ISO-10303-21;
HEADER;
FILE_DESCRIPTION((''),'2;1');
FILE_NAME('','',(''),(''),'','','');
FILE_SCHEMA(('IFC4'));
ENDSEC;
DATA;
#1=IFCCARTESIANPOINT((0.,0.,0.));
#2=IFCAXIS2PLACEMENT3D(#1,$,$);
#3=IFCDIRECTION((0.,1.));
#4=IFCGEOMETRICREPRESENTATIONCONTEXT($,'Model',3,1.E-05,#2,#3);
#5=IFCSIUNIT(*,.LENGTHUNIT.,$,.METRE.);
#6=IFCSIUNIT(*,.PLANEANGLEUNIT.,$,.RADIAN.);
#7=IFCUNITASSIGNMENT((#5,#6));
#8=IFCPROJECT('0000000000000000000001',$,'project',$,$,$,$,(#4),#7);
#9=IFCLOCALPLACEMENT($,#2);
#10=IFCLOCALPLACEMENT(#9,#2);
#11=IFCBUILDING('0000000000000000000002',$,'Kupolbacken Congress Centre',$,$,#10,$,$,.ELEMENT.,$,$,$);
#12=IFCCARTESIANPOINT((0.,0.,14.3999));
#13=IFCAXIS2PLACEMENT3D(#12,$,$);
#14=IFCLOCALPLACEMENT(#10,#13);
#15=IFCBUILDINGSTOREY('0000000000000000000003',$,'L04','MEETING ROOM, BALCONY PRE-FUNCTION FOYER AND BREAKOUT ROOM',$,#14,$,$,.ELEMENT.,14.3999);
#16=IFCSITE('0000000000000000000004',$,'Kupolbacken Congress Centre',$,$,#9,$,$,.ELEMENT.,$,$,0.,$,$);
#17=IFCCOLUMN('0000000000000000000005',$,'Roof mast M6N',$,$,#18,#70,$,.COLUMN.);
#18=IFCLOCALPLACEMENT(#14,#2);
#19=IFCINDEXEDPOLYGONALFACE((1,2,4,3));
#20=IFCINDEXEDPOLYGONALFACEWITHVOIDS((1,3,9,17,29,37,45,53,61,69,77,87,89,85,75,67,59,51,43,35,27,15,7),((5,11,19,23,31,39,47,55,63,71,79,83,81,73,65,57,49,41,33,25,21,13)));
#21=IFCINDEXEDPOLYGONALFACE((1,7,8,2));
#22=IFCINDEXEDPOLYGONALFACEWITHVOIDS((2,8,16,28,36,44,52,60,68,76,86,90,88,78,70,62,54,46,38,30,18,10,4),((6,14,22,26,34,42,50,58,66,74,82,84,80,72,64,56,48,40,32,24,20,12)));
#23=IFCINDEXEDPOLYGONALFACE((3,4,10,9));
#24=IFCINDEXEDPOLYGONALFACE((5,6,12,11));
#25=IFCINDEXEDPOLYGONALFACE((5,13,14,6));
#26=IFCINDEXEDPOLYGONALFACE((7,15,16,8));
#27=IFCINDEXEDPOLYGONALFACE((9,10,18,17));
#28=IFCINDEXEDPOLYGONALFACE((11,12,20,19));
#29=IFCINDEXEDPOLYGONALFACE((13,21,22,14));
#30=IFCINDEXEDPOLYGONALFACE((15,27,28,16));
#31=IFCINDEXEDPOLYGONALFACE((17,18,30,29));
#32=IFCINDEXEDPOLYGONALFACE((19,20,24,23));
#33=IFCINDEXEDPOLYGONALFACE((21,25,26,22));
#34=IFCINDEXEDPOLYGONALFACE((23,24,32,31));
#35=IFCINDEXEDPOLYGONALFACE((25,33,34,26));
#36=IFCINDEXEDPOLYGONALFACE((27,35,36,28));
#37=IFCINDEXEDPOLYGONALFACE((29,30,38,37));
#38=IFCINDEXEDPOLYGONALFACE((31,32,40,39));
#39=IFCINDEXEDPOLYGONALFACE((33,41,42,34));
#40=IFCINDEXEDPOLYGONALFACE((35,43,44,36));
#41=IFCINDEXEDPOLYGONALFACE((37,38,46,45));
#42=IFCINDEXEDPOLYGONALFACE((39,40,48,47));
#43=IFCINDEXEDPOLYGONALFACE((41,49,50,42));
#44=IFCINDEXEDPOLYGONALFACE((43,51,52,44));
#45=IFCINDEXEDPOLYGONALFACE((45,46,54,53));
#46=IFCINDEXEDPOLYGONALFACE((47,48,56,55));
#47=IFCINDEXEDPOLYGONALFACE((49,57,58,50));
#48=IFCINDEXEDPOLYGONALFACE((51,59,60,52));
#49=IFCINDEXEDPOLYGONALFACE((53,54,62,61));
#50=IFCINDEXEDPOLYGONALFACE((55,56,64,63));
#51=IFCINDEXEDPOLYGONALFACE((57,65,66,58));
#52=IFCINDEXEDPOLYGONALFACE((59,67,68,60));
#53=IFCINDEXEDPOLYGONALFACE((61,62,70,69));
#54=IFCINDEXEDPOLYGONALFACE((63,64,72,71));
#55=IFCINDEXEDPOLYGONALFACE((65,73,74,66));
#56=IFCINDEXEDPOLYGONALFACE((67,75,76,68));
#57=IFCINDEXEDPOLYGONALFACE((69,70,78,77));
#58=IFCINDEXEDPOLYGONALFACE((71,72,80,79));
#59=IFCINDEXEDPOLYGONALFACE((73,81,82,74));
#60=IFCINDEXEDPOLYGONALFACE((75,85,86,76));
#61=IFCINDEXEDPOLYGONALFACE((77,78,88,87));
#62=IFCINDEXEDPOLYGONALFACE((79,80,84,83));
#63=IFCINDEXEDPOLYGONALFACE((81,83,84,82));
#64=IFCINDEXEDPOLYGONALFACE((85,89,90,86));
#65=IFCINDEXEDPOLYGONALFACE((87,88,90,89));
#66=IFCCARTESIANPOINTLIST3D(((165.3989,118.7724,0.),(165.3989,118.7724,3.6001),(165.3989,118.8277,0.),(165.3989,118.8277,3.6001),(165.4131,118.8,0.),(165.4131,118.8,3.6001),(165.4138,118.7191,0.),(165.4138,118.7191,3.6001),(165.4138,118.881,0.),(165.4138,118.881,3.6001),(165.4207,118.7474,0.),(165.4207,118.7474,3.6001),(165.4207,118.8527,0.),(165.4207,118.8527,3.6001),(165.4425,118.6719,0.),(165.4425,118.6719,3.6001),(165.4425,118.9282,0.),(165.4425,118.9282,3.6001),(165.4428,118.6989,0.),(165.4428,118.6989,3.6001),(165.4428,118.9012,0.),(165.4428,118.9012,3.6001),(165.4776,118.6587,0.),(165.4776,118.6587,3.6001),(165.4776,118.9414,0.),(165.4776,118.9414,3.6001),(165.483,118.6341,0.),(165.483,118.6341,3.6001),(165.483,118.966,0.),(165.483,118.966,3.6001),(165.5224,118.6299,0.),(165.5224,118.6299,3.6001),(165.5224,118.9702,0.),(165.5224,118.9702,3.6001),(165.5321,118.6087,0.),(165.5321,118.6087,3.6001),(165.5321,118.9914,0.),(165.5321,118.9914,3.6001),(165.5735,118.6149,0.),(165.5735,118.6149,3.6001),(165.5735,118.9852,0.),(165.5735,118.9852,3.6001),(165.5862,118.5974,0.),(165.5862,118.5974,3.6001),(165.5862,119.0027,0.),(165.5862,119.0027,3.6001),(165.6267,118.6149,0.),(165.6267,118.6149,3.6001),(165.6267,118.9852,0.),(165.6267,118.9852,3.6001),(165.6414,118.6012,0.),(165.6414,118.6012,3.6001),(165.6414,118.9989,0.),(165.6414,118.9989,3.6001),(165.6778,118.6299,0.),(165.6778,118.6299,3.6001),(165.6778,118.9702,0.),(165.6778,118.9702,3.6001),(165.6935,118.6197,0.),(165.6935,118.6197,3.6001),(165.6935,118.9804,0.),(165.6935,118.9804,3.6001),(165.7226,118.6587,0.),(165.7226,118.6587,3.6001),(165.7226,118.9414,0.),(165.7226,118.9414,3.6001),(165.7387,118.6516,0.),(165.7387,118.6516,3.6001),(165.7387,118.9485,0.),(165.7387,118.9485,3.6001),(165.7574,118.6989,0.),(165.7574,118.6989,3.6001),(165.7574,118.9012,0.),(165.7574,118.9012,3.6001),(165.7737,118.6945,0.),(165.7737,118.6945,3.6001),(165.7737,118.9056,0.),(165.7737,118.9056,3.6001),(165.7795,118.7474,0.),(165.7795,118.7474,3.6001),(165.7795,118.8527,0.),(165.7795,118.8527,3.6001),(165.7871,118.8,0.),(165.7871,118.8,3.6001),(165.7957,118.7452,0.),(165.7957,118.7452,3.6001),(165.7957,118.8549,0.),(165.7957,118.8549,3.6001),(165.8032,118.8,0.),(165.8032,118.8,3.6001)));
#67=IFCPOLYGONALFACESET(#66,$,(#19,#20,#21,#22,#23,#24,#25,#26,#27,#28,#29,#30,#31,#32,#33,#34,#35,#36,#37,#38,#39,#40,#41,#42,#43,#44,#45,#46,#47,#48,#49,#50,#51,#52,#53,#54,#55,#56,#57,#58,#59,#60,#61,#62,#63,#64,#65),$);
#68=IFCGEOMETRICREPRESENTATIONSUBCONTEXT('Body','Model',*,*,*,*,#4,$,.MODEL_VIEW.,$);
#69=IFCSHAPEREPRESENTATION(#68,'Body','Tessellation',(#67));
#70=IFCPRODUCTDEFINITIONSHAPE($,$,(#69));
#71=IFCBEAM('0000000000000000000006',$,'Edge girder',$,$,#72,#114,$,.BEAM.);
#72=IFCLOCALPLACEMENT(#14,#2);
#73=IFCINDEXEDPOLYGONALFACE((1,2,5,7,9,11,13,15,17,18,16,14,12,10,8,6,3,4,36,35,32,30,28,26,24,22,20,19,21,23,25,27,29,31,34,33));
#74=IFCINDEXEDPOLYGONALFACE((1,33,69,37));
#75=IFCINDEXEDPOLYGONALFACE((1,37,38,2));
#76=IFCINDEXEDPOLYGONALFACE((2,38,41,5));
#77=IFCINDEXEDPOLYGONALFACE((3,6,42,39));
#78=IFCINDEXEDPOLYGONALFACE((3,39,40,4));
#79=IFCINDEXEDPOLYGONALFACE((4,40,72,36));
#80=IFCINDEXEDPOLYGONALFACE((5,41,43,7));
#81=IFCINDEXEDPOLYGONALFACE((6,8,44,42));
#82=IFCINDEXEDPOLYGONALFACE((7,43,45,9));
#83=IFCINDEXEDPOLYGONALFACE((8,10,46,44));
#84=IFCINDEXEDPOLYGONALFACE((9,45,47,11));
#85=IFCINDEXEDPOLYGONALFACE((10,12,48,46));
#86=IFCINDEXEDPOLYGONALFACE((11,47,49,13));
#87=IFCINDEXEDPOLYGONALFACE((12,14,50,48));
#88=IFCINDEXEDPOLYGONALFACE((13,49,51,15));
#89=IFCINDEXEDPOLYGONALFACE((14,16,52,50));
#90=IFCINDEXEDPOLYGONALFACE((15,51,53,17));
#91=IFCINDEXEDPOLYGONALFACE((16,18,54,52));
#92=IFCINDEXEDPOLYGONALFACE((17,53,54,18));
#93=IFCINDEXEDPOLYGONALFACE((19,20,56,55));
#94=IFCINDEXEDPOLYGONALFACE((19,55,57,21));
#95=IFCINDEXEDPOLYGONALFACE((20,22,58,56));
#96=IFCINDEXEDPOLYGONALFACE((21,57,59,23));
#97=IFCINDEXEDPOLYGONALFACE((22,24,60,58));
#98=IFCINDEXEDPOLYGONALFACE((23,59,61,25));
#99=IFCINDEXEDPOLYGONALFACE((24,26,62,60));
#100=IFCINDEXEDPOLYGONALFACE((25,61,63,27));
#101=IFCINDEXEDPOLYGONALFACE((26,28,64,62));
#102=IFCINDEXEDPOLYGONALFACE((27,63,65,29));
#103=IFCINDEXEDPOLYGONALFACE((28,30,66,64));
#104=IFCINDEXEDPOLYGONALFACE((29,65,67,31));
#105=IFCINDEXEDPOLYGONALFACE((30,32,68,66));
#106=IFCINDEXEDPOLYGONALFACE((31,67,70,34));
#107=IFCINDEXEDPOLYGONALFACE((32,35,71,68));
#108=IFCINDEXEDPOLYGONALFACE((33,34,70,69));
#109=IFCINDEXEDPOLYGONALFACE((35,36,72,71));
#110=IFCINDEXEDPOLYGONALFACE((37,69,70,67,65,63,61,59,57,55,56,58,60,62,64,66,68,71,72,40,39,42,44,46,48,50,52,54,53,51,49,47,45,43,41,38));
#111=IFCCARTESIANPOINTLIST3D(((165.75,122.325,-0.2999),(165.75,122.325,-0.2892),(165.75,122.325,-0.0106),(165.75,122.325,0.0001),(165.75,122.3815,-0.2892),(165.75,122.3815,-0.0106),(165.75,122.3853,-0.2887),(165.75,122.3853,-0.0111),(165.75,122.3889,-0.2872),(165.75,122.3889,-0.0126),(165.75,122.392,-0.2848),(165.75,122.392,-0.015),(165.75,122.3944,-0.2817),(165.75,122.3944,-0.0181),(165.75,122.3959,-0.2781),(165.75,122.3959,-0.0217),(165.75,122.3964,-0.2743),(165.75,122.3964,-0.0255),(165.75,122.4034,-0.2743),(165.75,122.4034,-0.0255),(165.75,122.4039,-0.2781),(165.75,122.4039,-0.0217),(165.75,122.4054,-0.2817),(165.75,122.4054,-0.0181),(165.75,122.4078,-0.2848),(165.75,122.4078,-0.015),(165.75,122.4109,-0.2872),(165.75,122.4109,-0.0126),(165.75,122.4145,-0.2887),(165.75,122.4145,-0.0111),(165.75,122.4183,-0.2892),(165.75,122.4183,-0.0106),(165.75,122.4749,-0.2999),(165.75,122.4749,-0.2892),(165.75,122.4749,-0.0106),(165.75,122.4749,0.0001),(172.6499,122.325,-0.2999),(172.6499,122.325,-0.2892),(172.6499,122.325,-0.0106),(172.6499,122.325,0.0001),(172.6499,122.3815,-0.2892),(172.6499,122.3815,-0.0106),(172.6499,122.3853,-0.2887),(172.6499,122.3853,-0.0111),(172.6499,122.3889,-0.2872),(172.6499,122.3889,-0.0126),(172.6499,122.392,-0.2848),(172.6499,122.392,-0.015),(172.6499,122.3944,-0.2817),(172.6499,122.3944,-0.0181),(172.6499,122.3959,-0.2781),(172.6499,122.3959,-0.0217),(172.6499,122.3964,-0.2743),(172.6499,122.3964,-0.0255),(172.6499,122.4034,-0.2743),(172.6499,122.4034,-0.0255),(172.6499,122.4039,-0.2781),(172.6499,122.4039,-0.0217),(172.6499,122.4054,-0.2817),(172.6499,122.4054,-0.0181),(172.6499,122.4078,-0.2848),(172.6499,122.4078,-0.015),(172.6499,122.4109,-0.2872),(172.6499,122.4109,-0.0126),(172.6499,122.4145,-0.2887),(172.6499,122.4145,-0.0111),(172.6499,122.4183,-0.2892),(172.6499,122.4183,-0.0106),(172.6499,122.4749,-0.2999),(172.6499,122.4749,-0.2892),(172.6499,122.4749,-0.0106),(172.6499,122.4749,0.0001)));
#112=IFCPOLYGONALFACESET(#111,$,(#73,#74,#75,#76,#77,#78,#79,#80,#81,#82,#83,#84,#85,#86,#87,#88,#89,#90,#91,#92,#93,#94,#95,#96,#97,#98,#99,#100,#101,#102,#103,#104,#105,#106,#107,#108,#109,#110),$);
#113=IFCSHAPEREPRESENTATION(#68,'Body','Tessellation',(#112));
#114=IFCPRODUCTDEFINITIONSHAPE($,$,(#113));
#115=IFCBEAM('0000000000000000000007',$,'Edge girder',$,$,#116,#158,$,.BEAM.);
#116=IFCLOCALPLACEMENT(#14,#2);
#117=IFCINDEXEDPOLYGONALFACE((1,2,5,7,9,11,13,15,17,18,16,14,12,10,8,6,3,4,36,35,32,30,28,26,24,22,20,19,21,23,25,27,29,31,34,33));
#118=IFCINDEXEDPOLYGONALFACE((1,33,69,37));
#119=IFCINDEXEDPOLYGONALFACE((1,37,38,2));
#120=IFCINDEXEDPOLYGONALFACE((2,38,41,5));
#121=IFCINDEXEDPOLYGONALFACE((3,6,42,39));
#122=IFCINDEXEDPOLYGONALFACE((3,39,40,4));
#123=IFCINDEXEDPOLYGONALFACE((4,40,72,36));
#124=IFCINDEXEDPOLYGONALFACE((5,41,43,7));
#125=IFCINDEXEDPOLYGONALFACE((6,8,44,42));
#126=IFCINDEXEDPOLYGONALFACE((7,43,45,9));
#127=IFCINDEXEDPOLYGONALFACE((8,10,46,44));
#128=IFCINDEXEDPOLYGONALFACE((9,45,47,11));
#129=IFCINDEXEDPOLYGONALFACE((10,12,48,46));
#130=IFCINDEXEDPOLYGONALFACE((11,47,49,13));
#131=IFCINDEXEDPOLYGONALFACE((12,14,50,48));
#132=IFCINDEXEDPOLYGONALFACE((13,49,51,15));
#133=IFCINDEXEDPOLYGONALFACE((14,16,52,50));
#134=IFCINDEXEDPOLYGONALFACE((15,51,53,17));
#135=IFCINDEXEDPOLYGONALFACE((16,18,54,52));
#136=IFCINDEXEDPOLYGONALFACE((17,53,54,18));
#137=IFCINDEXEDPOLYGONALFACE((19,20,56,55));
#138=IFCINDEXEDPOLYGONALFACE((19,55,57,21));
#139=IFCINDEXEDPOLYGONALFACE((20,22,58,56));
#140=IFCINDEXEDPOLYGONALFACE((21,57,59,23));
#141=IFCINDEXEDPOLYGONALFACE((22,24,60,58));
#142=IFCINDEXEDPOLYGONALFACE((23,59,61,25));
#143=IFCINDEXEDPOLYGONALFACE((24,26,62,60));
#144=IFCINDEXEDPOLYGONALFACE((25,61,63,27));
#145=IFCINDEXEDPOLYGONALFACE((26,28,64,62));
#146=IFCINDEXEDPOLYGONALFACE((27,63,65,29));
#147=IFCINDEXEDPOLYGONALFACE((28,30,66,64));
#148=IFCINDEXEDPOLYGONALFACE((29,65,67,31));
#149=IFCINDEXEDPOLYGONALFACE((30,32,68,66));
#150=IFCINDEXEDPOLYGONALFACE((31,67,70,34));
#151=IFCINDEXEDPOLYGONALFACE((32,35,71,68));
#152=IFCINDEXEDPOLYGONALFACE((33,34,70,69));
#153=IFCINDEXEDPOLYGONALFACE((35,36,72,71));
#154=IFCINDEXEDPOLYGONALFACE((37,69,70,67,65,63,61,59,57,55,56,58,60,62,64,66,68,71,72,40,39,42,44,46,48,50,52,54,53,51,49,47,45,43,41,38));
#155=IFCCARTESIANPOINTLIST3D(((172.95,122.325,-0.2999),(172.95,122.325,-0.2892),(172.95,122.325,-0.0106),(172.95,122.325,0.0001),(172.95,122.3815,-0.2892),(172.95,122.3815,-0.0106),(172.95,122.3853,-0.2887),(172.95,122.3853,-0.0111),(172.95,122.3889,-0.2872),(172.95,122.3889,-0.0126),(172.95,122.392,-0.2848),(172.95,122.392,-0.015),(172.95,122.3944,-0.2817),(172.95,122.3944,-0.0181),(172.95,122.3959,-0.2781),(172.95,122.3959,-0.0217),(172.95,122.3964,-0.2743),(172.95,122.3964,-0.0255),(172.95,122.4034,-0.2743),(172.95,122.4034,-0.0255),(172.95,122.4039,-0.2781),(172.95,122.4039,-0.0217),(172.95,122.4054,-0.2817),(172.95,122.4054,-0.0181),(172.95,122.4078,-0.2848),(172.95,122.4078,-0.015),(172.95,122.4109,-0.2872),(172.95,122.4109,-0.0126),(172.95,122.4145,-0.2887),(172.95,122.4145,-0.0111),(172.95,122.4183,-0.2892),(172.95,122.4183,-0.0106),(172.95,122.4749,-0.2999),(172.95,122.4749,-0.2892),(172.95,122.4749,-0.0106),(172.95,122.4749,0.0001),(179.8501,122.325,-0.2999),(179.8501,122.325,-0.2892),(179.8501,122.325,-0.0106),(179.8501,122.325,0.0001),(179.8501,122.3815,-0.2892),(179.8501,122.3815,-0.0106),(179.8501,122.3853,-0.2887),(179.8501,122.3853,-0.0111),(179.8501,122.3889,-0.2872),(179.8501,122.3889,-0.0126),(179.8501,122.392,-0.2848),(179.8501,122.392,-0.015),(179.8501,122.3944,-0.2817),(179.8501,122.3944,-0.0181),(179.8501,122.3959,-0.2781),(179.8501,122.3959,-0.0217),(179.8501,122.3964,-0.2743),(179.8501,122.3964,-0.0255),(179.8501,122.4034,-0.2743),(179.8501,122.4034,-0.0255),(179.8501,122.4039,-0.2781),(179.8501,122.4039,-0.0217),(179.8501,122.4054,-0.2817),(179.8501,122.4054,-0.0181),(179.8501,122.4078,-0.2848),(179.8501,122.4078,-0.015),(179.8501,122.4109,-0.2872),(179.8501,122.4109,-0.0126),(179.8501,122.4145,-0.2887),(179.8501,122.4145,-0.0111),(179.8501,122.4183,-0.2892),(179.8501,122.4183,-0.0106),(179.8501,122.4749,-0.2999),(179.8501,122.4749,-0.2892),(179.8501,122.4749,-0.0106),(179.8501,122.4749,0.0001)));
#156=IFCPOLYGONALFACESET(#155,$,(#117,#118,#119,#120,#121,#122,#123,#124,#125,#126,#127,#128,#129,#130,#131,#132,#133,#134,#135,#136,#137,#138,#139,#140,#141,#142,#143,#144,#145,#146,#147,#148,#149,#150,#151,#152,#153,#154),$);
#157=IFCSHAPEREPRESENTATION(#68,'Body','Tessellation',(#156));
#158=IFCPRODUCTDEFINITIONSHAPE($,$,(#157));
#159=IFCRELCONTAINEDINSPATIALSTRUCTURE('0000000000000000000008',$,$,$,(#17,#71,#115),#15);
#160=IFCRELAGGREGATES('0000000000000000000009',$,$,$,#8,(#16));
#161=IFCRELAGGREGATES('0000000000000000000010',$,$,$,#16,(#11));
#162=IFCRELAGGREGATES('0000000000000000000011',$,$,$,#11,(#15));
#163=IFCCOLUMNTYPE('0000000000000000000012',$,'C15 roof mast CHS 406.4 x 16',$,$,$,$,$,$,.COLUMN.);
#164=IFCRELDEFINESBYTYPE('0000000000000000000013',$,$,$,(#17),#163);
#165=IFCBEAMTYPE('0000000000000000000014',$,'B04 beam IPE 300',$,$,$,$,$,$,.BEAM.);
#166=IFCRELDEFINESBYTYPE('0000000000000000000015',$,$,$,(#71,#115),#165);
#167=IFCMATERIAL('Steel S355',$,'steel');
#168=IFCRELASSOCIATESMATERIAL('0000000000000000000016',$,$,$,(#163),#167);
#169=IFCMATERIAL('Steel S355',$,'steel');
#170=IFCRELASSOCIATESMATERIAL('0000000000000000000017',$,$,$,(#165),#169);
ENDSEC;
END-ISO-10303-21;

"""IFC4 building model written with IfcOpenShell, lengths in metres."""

from ifc_helpers import new_model, si_unit, direction, frame, origin, origin_2d, place, context, subcontext, project, spatial, hollow_circle, i_section, extrude, material, material_profile, profile_set, type_object, element, save


model = new_model("IFC4")

# Units and contexts
model_context = context("Model", 3, precision=1e-05, world=origin(), true_north=direction((0.0, 1.0)))
body_context = subcontext(model_context, "Body", "Model", "MODEL_VIEW")
ifc_project = project(units=[si_unit("LENGTHUNIT", "METRE"), si_unit("PLANEANGLEUNIT", "RADIAN")], contexts=[model_context])

# Site, building, storey
site_placement = place(None, origin())
site = spatial("IfcSite", under=ifc_project, at=site_placement, Name="Kupolbacken Congress Centre", CompositionType="ELEMENT", RefElevation=0.0)
building_placement = place(site_placement, origin())
building = spatial("IfcBuilding", under=site, at=building_placement, Name="Kupolbacken Congress Centre", CompositionType="ELEMENT")
storey_placement = place(building_placement, frame((0.0, 0.0, 14.3999)))
storey = spatial("IfcBuildingStorey", under=building, at=storey_placement, Name="L04", Description="MEETING ROOM, BALCONY PRE-FUNCTION FOYER AND BREAKOUT ROOM", CompositionType="ELEMENT", Elevation=14.3999)

# Column
ifc_material_1 = material(Name="Steel S355", Category="steel")
ifc_material_profile_1 = material_profile(ifc_material_1, hollow_circle(Radius=0.2031, WallThickness=0.0161, at=origin_2d()), Name="CHS 406.4 x 16")
ifc_profile_set_1 = profile_set([ifc_material_profile_1], Name="Steel S355")
column_type = type_object("IfcColumnType", Name="C15 roof mast CHS 406.4 x 16", PredefinedType="COLUMN", material=ifc_profile_set_1)
column_placement = place(storey_placement, frame((165.6001, 118.8, 0.0), z_axis=(0.0, 0.0, 1.0), x_axis=(1.0, 0.0, 0.0)))
element("IfcColumn", 1, at=column_placement, inside=storey, type_object=column_type, Name="Roof mast M6N", PredefinedType="COLUMN", context=body_context, shape_type="SweptSolid", body=[
    extrude(hollow_circle(Radius=0.2031, WallThickness=0.0161, at=origin_2d()), origin(), (0.0, 0.0, 1.0), 3.6001),
])

# Beams
ifc_material_2 = material(Name="Steel S355", Category="steel")
ifc_material_profile_2 = material_profile(ifc_material_2, i_section(OverallWidth=0.1499, OverallDepth=0.3, WebThickness=0.0071, FlangeThickness=0.0107, FilletRadius=0.0149, at=origin_2d()), Name="IPE 300")
ifc_profile_set_2 = profile_set([ifc_material_profile_2], Name="Steel S355")
beam_type_1 = type_object("IfcBeamType", Name="B04 beam IPE 300", PredefinedType="BEAM", material=ifc_profile_set_2)
beam_1_placement = place(storey_placement, frame((165.75, 122.3999, -0.1499), z_axis=(1.0, 0.0, 0.0), x_axis=(0.0, 1.0, 0.0)))
element("IfcBeam", 2, at=beam_1_placement, inside=storey, type_object=beam_type_1, Name="Edge girder", PredefinedType="BEAM", context=body_context, shape_type="SweptSolid", body=[
    extrude(i_section(OverallWidth=0.1499, OverallDepth=0.3, WebThickness=0.0071, FlangeThickness=0.0107, FilletRadius=0.0149, at=origin_2d()), origin(), (0.0, 0.0, 1.0), 6.8999),
])
beam_2_placement = place(storey_placement, frame((172.95, 122.3999, -0.1499), z_axis=(1.0, 0.0, 0.0), x_axis=(0.0, 1.0, 0.0)))
element("IfcBeam", 3, at=beam_2_placement, inside=storey, type_object=beam_type_1, Name="Edge girder", PredefinedType="BEAM", context=body_context, shape_type="SweptSolid", body=[
    extrude(i_section(OverallWidth=0.1499, OverallDepth=0.3, WebThickness=0.0071, FlangeThickness=0.0107, FilletRadius=0.0149, at=origin_2d()), origin(), (0.0, 0.0, 1.0), 6.9001),
])

save(model, "model.ifc")
